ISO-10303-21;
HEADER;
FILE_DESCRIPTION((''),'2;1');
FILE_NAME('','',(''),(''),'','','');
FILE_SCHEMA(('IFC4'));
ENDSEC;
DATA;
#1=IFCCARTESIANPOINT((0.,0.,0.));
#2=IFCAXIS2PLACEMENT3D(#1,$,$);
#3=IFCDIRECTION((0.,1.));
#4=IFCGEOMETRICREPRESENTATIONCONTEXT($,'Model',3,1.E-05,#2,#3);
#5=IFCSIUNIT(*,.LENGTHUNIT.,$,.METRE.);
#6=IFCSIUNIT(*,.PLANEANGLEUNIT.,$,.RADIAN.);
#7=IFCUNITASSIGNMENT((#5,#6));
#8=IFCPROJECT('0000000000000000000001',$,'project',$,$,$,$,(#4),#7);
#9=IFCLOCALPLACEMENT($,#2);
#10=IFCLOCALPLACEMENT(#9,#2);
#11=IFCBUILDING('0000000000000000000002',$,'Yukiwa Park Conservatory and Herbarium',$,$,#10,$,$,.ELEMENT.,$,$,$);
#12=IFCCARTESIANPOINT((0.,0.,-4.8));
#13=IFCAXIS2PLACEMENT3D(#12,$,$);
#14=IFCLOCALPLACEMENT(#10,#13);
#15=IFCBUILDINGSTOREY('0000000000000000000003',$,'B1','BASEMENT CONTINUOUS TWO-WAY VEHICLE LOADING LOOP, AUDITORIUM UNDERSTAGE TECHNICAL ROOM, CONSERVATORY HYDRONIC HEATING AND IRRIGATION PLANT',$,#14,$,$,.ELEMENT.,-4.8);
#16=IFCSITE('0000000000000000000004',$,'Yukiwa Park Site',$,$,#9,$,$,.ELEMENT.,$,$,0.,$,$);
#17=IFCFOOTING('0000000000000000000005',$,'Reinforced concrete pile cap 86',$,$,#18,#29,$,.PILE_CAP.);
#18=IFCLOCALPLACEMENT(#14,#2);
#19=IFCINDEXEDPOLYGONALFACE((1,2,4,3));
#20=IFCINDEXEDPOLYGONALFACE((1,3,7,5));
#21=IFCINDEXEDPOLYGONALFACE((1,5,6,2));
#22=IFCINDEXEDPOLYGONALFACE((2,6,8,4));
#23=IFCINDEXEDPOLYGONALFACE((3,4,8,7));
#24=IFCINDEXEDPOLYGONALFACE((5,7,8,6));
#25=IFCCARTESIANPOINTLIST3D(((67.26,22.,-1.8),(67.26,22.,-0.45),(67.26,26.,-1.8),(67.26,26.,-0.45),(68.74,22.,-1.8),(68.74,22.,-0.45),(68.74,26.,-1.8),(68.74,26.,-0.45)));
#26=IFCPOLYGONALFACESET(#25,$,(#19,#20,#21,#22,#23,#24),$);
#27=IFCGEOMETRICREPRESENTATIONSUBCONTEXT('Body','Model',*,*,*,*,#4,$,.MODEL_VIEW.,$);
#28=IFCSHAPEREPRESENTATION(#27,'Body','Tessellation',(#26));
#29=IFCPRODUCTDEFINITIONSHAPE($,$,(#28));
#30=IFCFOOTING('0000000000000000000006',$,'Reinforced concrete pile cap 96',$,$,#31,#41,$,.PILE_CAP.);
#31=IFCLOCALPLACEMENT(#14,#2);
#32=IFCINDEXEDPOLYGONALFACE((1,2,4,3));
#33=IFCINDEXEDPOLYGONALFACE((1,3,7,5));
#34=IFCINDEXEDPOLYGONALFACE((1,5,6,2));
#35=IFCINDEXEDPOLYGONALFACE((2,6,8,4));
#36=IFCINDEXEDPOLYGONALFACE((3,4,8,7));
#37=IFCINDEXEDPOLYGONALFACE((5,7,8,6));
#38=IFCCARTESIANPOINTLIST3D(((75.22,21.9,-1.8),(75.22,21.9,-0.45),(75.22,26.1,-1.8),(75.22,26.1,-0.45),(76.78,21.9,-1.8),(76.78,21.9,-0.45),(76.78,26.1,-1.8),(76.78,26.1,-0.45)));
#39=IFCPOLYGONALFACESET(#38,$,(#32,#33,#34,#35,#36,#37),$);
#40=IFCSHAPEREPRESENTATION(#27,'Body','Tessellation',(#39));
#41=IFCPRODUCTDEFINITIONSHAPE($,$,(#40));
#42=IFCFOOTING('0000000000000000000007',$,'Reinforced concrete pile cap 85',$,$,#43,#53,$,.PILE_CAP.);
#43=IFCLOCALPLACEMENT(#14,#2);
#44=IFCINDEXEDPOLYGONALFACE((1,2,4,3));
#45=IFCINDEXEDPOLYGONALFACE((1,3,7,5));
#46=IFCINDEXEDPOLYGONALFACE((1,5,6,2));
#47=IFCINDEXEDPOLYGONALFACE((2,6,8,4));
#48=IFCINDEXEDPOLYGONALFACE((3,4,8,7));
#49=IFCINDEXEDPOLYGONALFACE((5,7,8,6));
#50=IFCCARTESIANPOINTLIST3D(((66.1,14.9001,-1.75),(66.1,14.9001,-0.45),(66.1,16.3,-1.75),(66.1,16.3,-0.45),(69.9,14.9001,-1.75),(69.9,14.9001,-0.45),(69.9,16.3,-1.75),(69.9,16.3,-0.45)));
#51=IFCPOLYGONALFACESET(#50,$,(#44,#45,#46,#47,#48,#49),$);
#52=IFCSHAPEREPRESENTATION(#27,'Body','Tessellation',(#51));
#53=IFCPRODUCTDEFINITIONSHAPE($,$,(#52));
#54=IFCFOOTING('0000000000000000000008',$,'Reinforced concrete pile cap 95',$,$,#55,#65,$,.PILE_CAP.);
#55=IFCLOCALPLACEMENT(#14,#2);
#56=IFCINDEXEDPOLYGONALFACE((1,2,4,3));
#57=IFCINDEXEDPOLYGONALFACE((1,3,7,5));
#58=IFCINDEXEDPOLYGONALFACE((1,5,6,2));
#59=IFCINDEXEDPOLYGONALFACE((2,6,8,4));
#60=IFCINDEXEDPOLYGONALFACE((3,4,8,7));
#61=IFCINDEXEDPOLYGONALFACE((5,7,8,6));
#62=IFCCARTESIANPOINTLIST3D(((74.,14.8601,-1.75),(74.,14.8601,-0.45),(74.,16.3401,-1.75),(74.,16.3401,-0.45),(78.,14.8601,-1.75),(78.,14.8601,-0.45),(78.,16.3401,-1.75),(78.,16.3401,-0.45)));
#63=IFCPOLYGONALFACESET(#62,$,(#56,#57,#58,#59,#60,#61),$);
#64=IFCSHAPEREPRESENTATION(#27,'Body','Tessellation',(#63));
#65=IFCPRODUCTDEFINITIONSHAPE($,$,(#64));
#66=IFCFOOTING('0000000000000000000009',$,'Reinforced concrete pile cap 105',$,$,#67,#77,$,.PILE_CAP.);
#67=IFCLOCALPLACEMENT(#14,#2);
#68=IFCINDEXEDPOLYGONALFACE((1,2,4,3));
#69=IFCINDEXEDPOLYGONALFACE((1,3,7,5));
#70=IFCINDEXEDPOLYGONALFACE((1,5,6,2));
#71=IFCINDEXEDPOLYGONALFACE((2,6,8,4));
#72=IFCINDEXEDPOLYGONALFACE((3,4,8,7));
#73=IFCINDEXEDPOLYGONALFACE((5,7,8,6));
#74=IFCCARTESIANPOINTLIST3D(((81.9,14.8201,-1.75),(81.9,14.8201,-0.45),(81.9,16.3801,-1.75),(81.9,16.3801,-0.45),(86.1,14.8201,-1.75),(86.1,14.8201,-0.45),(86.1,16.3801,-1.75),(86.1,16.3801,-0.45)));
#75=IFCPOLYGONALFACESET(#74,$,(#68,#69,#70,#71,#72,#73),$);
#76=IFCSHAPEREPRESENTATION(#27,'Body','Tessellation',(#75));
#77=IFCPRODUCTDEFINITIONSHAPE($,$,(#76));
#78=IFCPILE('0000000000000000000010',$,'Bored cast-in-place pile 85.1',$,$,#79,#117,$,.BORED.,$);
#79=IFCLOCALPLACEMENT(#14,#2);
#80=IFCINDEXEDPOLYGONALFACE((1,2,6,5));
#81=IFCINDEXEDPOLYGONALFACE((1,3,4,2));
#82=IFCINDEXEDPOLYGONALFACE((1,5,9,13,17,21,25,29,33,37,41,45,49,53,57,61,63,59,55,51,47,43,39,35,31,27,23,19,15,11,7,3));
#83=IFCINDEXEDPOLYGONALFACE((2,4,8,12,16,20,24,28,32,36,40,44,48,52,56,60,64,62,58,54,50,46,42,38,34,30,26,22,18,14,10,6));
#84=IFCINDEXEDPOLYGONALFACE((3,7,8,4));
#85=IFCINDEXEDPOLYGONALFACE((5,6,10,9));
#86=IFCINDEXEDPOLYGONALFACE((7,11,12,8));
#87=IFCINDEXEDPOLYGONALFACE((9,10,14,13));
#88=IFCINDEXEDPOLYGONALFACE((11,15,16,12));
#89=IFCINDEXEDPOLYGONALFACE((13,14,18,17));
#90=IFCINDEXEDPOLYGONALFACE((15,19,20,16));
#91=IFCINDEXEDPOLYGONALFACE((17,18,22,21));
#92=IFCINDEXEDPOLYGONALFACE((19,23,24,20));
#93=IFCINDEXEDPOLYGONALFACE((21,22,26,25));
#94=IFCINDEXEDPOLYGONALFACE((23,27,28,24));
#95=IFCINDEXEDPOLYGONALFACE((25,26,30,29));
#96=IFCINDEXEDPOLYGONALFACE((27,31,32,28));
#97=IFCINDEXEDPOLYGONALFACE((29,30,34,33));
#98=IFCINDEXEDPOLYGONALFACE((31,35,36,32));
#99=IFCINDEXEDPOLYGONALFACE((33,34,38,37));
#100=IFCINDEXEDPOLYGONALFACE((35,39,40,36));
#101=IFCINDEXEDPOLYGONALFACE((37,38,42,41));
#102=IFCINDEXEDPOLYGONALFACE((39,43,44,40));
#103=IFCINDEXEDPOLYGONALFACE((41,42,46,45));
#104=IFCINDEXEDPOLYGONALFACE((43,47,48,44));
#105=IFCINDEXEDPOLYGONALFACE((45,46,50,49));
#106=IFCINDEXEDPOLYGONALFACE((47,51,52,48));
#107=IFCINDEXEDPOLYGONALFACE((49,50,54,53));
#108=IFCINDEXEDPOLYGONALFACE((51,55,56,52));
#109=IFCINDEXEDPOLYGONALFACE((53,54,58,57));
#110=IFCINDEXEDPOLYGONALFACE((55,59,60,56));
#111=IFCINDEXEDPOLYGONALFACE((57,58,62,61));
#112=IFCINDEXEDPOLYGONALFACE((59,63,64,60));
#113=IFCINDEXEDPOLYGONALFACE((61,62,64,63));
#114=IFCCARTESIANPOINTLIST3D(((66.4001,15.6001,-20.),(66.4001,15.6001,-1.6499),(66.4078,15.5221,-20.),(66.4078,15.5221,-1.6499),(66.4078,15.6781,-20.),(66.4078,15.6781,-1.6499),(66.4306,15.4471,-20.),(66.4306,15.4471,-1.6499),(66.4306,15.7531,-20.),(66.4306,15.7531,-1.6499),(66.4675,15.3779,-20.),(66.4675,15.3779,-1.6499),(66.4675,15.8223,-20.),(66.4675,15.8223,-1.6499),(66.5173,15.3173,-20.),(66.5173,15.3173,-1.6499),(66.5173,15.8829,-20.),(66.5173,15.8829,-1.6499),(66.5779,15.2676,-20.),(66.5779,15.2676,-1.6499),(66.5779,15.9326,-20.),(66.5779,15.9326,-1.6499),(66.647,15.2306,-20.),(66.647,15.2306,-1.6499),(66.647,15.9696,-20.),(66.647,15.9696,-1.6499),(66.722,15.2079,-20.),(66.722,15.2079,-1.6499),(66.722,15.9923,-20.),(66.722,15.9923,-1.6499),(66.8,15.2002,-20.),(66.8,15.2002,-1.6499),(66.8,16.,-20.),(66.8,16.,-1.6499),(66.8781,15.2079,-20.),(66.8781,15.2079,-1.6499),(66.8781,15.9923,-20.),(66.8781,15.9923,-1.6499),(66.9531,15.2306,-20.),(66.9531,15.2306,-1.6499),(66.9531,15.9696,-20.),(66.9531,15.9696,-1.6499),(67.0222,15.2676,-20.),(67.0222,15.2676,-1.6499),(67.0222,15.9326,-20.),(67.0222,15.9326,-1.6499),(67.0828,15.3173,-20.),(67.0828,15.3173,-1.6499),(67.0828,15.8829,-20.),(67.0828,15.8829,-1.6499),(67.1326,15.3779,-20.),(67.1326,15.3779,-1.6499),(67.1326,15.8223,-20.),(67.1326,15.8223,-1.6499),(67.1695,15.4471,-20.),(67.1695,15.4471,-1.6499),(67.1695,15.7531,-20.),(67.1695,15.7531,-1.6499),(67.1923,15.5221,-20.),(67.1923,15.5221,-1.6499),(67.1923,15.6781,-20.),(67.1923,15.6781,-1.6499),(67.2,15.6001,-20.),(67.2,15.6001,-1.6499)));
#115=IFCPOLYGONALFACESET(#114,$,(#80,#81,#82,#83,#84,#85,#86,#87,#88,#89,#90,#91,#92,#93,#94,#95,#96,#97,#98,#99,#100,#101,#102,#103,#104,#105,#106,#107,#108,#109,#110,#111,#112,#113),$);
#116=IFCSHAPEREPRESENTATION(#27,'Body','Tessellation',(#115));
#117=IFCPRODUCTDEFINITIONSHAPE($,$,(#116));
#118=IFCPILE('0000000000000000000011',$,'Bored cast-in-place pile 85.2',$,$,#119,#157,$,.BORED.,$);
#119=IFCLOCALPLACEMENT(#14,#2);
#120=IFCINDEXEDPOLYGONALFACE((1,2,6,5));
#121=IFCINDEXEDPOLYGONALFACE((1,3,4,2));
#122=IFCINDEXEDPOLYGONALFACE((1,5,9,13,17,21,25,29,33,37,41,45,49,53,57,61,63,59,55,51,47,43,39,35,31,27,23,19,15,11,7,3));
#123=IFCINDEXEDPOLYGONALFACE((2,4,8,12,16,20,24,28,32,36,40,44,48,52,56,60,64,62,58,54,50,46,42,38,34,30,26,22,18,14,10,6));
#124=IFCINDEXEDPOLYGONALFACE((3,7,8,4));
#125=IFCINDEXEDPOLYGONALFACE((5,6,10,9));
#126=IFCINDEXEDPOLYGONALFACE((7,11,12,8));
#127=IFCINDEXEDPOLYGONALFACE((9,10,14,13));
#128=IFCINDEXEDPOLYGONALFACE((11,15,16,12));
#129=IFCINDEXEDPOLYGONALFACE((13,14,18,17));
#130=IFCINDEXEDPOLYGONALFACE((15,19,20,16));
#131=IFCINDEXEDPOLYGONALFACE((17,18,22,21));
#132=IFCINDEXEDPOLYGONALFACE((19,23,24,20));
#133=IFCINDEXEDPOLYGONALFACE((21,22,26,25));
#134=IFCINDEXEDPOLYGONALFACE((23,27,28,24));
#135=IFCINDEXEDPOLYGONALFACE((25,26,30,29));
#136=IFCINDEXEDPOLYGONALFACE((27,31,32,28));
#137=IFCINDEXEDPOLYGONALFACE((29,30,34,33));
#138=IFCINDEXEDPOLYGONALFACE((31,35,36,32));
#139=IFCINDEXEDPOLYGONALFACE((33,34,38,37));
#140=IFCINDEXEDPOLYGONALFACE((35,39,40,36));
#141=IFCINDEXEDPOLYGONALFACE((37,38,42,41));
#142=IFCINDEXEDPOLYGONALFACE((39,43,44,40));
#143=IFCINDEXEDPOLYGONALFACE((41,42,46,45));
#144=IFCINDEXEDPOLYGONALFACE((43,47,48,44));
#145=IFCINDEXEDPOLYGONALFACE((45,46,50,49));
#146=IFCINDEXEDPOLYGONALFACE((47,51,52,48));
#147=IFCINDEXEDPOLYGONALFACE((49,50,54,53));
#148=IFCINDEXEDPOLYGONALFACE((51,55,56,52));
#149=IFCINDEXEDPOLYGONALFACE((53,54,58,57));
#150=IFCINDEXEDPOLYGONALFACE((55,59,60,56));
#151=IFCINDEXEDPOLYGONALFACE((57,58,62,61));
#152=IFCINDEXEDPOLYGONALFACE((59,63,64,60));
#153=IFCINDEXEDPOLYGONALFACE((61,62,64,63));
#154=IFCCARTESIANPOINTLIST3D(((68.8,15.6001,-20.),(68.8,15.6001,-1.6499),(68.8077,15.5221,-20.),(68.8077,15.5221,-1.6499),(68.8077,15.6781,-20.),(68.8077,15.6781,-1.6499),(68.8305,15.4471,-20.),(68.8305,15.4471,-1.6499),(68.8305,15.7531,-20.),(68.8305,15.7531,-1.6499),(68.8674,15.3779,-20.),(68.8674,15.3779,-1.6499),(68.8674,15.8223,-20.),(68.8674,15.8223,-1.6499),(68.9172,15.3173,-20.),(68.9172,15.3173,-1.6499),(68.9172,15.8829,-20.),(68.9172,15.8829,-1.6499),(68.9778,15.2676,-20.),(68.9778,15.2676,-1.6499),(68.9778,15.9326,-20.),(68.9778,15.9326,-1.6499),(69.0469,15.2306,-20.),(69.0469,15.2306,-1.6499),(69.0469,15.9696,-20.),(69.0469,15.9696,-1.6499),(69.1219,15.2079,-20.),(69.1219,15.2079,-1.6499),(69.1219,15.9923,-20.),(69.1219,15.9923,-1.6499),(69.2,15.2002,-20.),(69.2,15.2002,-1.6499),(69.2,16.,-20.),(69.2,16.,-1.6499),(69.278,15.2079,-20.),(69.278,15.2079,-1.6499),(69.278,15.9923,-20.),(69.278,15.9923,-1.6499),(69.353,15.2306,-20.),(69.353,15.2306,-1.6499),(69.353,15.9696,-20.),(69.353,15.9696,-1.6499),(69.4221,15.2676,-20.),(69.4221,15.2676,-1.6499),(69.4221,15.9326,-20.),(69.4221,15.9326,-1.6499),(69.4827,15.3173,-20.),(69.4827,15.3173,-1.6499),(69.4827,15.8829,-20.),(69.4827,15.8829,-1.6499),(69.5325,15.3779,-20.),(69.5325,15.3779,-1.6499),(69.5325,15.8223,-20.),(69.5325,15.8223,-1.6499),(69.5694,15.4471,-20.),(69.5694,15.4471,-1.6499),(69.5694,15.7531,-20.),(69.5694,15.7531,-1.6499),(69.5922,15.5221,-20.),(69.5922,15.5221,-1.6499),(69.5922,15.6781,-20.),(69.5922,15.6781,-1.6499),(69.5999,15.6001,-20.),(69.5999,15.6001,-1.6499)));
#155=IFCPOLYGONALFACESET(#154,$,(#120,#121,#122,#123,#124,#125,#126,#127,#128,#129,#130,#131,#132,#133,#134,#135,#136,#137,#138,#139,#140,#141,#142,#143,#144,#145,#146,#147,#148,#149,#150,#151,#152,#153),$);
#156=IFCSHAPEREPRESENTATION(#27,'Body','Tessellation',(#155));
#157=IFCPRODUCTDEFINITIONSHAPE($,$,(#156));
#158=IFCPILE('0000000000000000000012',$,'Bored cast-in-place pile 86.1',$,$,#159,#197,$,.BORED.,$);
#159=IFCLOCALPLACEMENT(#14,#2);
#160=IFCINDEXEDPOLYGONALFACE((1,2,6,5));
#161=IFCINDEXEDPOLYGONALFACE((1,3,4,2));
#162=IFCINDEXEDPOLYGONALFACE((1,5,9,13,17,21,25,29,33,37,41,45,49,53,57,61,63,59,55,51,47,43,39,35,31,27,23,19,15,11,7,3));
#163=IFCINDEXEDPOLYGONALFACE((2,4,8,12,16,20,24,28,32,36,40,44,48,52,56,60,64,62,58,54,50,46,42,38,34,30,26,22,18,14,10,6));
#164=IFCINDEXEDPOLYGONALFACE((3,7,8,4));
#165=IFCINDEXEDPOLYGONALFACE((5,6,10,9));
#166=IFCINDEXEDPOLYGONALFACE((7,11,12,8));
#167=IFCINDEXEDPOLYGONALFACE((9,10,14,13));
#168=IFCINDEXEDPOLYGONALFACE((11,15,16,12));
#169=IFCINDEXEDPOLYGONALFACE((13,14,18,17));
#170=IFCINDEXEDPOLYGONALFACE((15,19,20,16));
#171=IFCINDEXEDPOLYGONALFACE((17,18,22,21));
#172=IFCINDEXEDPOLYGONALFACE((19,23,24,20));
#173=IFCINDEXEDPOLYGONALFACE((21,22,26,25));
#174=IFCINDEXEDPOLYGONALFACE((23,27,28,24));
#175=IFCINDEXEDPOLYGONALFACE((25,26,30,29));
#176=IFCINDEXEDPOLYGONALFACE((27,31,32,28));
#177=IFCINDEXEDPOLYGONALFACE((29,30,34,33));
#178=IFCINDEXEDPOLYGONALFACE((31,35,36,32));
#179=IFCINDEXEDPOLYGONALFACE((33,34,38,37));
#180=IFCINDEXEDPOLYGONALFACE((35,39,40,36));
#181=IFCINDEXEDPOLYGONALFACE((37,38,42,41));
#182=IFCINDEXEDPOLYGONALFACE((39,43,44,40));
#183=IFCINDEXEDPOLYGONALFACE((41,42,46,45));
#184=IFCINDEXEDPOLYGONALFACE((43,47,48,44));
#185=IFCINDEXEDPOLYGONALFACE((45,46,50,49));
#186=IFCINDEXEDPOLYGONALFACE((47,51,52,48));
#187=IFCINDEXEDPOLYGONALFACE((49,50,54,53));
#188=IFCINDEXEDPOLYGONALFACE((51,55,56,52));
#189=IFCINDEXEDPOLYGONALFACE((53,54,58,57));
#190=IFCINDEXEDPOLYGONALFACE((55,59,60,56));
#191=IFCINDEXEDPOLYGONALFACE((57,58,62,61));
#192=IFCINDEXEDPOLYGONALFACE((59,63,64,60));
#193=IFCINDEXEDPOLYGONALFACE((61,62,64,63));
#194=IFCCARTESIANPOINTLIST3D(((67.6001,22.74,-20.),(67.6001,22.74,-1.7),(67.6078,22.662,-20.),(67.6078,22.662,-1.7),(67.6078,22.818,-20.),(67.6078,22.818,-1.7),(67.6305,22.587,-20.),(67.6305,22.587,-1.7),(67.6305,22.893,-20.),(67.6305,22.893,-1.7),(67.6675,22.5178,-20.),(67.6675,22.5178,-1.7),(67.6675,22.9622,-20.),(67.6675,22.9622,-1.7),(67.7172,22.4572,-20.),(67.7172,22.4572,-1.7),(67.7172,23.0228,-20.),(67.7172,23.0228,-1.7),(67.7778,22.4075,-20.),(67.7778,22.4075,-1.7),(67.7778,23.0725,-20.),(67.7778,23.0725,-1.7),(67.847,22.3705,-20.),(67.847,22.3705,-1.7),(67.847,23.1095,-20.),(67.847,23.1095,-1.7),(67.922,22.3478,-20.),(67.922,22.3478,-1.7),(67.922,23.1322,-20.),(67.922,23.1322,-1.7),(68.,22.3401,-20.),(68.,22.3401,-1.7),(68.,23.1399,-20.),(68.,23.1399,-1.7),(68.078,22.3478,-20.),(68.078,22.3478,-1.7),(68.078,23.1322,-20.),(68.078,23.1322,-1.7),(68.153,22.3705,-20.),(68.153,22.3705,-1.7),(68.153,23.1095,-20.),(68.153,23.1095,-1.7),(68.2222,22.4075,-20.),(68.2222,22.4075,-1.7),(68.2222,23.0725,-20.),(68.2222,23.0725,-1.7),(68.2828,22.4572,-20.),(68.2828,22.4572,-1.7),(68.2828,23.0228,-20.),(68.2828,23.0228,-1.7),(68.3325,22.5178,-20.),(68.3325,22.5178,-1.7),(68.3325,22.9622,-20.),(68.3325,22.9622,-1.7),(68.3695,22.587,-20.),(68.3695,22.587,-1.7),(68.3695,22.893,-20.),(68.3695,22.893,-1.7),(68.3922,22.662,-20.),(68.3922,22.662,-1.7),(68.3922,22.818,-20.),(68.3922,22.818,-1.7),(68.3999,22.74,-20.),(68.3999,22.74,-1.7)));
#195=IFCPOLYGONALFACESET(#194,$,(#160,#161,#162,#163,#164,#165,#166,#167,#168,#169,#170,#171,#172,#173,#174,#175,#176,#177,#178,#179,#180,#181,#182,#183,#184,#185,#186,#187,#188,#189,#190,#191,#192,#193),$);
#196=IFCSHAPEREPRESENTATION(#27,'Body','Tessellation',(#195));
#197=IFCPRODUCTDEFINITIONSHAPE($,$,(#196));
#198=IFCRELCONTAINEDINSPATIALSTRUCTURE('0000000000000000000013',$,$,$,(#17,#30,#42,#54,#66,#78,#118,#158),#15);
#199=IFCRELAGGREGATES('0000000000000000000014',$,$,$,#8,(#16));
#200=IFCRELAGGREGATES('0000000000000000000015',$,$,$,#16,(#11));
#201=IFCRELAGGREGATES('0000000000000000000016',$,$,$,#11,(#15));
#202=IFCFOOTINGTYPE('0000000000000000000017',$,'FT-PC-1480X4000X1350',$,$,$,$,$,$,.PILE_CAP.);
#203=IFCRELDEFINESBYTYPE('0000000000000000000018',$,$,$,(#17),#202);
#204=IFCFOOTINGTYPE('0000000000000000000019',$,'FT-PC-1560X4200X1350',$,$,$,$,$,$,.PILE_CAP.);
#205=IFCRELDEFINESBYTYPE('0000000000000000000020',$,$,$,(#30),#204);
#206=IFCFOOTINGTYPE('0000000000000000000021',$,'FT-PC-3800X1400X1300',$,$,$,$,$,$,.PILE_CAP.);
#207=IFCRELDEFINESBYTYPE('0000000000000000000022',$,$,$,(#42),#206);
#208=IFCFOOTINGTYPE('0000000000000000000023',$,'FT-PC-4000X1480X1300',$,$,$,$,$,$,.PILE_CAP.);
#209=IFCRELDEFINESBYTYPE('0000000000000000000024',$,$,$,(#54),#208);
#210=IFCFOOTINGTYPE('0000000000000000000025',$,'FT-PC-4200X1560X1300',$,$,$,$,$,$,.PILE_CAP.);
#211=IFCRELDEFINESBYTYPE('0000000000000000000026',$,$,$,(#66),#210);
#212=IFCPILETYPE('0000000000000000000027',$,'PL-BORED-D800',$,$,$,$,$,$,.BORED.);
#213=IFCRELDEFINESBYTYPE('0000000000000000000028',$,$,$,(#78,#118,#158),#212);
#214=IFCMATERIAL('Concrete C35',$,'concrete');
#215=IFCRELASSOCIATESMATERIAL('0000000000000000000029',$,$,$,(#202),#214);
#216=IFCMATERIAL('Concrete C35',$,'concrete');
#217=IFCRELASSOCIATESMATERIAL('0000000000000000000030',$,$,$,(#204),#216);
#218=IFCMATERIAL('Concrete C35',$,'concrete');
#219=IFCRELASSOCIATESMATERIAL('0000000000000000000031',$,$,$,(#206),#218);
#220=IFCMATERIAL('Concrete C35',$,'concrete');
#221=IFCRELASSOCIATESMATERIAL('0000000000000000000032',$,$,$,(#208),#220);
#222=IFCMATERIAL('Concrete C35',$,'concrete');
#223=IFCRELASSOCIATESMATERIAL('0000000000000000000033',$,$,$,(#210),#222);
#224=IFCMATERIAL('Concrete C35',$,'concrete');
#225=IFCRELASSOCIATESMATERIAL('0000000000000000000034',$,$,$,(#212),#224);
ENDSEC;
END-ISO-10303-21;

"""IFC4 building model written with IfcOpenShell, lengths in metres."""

from ifc_helpers import new_model, si_unit, direction, frame, origin, origin_2d, place, context, subcontext, project, spatial, rectangle, circle, extrude, material, material_profile, profile_set, type_object, element, save


model = new_model("IFC4")

# Units and contexts
model_context = context("Model", 3, precision=1e-05, world=origin(), true_north=direction((0.0, 1.0)))
body_context = subcontext(model_context, "Body", "Model", "MODEL_VIEW")
ifc_project = project(units=[si_unit("LENGTHUNIT", "METRE"), si_unit("PLANEANGLEUNIT", "RADIAN")], contexts=[model_context])

# Site, building, storey
site_placement = place(None, origin())
site = spatial("IfcSite", under=ifc_project, at=site_placement, Name="Yukiwa Park Site", CompositionType="ELEMENT", RefElevation=0.0)
building_placement = place(site_placement, origin())
building = spatial("IfcBuilding", under=site, at=building_placement, Name="Yukiwa Park Conservatory and Herbarium", CompositionType="ELEMENT")
storey_placement = place(building_placement, frame((0.0, 0.0, -4.8)))
storey = spatial("IfcBuildingStorey", under=building, at=storey_placement, Name="B1", Description="BASEMENT CONTINUOUS TWO-WAY VEHICLE LOADING LOOP, AUDITORIUM UNDERSTAGE TECHNICAL ROOM, CONSERVATORY HYDRONIC HEATING AND IRRIGATION PLANT", CompositionType="ELEMENT", Elevation=-4.8)

# Footings
ifc_material_1 = material(Name="Concrete C35", Category="concrete")
footing_type_1 = type_object("IfcFootingType", Name="FT-PC-1480X4000X1350", PredefinedType="PILE_CAP", material=ifc_material_1)
footing_1_placement = place(storey_placement, frame((68.0, 24.0, -1.8), z_axis=(0.0, 0.0, 1.0), x_axis=(1.0, 0.0, 0.0)))
element("IfcFooting", 1, at=footing_1_placement, inside=storey, type_object=footing_type_1, Name="Reinforced concrete pile cap 86", PredefinedType="PILE_CAP", context=body_context, shape_type="SweptSolid", body=[
    extrude(rectangle(XDim=1.48, YDim=4.0, at=origin_2d()), origin(), (0.0, 0.0, 1.0), 1.3501),
])
ifc_material_2 = material(Name="Concrete C35", Category="concrete")
footing_type_2 = type_object("IfcFootingType", Name="FT-PC-1560X4200X1350", PredefinedType="PILE_CAP", material=ifc_material_2)
footing_2_placement = place(storey_placement, frame((76.0, 24.0, -1.8), z_axis=(0.0, 0.0, 1.0), x_axis=(1.0, 0.0, 0.0)))
element("IfcFooting", 2, at=footing_2_placement, inside=storey, type_object=footing_type_2, Name="Reinforced concrete pile cap 96", PredefinedType="PILE_CAP", context=body_context, shape_type="SweptSolid", body=[
    extrude(rectangle(XDim=1.5601, YDim=4.2, at=origin_2d()), origin(), (0.0, 0.0, 1.0), 1.3501),
])
ifc_material_3 = material(Name="Concrete C35", Category="concrete")
footing_type_3 = type_object("IfcFootingType", Name="FT-PC-3800X1400X1300", PredefinedType="PILE_CAP", material=ifc_material_3)
footing_3_placement = place(storey_placement, frame((68.0, 15.6001, -1.75), z_axis=(0.0, 0.0, 1.0), x_axis=(1.0, 0.0, 0.0)))
element("IfcFooting", 3, at=footing_3_placement, inside=storey, type_object=footing_type_3, Name="Reinforced concrete pile cap 85", PredefinedType="PILE_CAP", context=body_context, shape_type="SweptSolid", body=[
    extrude(rectangle(XDim=3.8, YDim=1.3999, at=origin_2d()), origin(), (0.0, 0.0, 1.0), 1.3),
])
ifc_material_4 = material(Name="Concrete C35", Category="concrete")
footing_type_4 = type_object("IfcFootingType", Name="FT-PC-4000X1480X1300", PredefinedType="PILE_CAP", material=ifc_material_4)
footing_4_placement = place(storey_placement, frame((76.0, 15.6001, -1.75), z_axis=(0.0, 0.0, 1.0), x_axis=(1.0, 0.0, 0.0)))
element("IfcFooting", 4, at=footing_4_placement, inside=storey, type_object=footing_type_4, Name="Reinforced concrete pile cap 95", PredefinedType="PILE_CAP", context=body_context, shape_type="SweptSolid", body=[
    extrude(rectangle(XDim=4.0, YDim=1.48, at=origin_2d()), origin(), (0.0, 0.0, 1.0), 1.3),
])
ifc_material_5 = material(Name="Concrete C35", Category="concrete")
footing_type_5 = type_object("IfcFootingType", Name="FT-PC-4200X1560X1300", PredefinedType="PILE_CAP", material=ifc_material_5)
footing_5_placement = place(storey_placement, frame((84.0, 15.6001, -1.75), z_axis=(0.0, 0.0, 1.0), x_axis=(1.0, 0.0, 0.0)))
element("IfcFooting", 5, at=footing_5_placement, inside=storey, type_object=footing_type_5, Name="Reinforced concrete pile cap 105", PredefinedType="PILE_CAP", context=body_context, shape_type="SweptSolid", body=[
    extrude(rectangle(XDim=4.2, YDim=1.5601, at=origin_2d()), origin(), (0.0, 0.0, 1.0), 1.3),
])

# Piles
ifc_material_6 = material(Name="Concrete C35", Category="concrete")
ifc_material_profile_1 = material_profile(ifc_material_6, circle(Radius=0.3999, at=origin_2d()), Name="PILE D800")
ifc_profile_set_1 = profile_set([ifc_material_profile_1], Name="Concrete C35")
pile_type_1 = type_object("IfcPileType", Name="PL-BORED-D800", PredefinedType="BORED", material=ifc_profile_set_1)
for number, where, z_axis, x_axis, name in (
    (6, (66.8, 15.6001, -1.6499), (0.0, 0.0, -1.0), (1.0, 0.0, 0.0), "Bored cast-in-place pile 85.1"),
    (7, (69.2, 15.6001, -1.6499), (0.0, 0.0, -1.0), (1.0, 0.0, 0.0), "Bored cast-in-place pile 85.2"),
):
    element("IfcPile", number, at=place(storey_placement, frame(where, z_axis=z_axis, x_axis=x_axis)), inside=storey, type_object=pile_type_1, Name=name, PredefinedType="BORED", context=body_context, shape_type="SweptSolid", body=[
        extrude(circle(Radius=0.3999, at=origin_2d()), origin(), (0.0, 0.0, 1.0), 18.3501),
    ])
pile_1_placement = place(storey_placement, frame((68.0, 22.74, -1.7), z_axis=(0.0, 0.0, -1.0), x_axis=(1.0, 0.0, 0.0)))
element("IfcPile", 8, at=pile_1_placement, inside=storey, type_object=pile_type_1, Name="Bored cast-in-place pile 86.1", PredefinedType="BORED", context=body_context, shape_type="SweptSolid", body=[
    extrude(circle(Radius=0.3999, at=origin_2d()), origin(), (0.0, 0.0, 1.0), 18.3),
])

save(model, "model.ifc")
